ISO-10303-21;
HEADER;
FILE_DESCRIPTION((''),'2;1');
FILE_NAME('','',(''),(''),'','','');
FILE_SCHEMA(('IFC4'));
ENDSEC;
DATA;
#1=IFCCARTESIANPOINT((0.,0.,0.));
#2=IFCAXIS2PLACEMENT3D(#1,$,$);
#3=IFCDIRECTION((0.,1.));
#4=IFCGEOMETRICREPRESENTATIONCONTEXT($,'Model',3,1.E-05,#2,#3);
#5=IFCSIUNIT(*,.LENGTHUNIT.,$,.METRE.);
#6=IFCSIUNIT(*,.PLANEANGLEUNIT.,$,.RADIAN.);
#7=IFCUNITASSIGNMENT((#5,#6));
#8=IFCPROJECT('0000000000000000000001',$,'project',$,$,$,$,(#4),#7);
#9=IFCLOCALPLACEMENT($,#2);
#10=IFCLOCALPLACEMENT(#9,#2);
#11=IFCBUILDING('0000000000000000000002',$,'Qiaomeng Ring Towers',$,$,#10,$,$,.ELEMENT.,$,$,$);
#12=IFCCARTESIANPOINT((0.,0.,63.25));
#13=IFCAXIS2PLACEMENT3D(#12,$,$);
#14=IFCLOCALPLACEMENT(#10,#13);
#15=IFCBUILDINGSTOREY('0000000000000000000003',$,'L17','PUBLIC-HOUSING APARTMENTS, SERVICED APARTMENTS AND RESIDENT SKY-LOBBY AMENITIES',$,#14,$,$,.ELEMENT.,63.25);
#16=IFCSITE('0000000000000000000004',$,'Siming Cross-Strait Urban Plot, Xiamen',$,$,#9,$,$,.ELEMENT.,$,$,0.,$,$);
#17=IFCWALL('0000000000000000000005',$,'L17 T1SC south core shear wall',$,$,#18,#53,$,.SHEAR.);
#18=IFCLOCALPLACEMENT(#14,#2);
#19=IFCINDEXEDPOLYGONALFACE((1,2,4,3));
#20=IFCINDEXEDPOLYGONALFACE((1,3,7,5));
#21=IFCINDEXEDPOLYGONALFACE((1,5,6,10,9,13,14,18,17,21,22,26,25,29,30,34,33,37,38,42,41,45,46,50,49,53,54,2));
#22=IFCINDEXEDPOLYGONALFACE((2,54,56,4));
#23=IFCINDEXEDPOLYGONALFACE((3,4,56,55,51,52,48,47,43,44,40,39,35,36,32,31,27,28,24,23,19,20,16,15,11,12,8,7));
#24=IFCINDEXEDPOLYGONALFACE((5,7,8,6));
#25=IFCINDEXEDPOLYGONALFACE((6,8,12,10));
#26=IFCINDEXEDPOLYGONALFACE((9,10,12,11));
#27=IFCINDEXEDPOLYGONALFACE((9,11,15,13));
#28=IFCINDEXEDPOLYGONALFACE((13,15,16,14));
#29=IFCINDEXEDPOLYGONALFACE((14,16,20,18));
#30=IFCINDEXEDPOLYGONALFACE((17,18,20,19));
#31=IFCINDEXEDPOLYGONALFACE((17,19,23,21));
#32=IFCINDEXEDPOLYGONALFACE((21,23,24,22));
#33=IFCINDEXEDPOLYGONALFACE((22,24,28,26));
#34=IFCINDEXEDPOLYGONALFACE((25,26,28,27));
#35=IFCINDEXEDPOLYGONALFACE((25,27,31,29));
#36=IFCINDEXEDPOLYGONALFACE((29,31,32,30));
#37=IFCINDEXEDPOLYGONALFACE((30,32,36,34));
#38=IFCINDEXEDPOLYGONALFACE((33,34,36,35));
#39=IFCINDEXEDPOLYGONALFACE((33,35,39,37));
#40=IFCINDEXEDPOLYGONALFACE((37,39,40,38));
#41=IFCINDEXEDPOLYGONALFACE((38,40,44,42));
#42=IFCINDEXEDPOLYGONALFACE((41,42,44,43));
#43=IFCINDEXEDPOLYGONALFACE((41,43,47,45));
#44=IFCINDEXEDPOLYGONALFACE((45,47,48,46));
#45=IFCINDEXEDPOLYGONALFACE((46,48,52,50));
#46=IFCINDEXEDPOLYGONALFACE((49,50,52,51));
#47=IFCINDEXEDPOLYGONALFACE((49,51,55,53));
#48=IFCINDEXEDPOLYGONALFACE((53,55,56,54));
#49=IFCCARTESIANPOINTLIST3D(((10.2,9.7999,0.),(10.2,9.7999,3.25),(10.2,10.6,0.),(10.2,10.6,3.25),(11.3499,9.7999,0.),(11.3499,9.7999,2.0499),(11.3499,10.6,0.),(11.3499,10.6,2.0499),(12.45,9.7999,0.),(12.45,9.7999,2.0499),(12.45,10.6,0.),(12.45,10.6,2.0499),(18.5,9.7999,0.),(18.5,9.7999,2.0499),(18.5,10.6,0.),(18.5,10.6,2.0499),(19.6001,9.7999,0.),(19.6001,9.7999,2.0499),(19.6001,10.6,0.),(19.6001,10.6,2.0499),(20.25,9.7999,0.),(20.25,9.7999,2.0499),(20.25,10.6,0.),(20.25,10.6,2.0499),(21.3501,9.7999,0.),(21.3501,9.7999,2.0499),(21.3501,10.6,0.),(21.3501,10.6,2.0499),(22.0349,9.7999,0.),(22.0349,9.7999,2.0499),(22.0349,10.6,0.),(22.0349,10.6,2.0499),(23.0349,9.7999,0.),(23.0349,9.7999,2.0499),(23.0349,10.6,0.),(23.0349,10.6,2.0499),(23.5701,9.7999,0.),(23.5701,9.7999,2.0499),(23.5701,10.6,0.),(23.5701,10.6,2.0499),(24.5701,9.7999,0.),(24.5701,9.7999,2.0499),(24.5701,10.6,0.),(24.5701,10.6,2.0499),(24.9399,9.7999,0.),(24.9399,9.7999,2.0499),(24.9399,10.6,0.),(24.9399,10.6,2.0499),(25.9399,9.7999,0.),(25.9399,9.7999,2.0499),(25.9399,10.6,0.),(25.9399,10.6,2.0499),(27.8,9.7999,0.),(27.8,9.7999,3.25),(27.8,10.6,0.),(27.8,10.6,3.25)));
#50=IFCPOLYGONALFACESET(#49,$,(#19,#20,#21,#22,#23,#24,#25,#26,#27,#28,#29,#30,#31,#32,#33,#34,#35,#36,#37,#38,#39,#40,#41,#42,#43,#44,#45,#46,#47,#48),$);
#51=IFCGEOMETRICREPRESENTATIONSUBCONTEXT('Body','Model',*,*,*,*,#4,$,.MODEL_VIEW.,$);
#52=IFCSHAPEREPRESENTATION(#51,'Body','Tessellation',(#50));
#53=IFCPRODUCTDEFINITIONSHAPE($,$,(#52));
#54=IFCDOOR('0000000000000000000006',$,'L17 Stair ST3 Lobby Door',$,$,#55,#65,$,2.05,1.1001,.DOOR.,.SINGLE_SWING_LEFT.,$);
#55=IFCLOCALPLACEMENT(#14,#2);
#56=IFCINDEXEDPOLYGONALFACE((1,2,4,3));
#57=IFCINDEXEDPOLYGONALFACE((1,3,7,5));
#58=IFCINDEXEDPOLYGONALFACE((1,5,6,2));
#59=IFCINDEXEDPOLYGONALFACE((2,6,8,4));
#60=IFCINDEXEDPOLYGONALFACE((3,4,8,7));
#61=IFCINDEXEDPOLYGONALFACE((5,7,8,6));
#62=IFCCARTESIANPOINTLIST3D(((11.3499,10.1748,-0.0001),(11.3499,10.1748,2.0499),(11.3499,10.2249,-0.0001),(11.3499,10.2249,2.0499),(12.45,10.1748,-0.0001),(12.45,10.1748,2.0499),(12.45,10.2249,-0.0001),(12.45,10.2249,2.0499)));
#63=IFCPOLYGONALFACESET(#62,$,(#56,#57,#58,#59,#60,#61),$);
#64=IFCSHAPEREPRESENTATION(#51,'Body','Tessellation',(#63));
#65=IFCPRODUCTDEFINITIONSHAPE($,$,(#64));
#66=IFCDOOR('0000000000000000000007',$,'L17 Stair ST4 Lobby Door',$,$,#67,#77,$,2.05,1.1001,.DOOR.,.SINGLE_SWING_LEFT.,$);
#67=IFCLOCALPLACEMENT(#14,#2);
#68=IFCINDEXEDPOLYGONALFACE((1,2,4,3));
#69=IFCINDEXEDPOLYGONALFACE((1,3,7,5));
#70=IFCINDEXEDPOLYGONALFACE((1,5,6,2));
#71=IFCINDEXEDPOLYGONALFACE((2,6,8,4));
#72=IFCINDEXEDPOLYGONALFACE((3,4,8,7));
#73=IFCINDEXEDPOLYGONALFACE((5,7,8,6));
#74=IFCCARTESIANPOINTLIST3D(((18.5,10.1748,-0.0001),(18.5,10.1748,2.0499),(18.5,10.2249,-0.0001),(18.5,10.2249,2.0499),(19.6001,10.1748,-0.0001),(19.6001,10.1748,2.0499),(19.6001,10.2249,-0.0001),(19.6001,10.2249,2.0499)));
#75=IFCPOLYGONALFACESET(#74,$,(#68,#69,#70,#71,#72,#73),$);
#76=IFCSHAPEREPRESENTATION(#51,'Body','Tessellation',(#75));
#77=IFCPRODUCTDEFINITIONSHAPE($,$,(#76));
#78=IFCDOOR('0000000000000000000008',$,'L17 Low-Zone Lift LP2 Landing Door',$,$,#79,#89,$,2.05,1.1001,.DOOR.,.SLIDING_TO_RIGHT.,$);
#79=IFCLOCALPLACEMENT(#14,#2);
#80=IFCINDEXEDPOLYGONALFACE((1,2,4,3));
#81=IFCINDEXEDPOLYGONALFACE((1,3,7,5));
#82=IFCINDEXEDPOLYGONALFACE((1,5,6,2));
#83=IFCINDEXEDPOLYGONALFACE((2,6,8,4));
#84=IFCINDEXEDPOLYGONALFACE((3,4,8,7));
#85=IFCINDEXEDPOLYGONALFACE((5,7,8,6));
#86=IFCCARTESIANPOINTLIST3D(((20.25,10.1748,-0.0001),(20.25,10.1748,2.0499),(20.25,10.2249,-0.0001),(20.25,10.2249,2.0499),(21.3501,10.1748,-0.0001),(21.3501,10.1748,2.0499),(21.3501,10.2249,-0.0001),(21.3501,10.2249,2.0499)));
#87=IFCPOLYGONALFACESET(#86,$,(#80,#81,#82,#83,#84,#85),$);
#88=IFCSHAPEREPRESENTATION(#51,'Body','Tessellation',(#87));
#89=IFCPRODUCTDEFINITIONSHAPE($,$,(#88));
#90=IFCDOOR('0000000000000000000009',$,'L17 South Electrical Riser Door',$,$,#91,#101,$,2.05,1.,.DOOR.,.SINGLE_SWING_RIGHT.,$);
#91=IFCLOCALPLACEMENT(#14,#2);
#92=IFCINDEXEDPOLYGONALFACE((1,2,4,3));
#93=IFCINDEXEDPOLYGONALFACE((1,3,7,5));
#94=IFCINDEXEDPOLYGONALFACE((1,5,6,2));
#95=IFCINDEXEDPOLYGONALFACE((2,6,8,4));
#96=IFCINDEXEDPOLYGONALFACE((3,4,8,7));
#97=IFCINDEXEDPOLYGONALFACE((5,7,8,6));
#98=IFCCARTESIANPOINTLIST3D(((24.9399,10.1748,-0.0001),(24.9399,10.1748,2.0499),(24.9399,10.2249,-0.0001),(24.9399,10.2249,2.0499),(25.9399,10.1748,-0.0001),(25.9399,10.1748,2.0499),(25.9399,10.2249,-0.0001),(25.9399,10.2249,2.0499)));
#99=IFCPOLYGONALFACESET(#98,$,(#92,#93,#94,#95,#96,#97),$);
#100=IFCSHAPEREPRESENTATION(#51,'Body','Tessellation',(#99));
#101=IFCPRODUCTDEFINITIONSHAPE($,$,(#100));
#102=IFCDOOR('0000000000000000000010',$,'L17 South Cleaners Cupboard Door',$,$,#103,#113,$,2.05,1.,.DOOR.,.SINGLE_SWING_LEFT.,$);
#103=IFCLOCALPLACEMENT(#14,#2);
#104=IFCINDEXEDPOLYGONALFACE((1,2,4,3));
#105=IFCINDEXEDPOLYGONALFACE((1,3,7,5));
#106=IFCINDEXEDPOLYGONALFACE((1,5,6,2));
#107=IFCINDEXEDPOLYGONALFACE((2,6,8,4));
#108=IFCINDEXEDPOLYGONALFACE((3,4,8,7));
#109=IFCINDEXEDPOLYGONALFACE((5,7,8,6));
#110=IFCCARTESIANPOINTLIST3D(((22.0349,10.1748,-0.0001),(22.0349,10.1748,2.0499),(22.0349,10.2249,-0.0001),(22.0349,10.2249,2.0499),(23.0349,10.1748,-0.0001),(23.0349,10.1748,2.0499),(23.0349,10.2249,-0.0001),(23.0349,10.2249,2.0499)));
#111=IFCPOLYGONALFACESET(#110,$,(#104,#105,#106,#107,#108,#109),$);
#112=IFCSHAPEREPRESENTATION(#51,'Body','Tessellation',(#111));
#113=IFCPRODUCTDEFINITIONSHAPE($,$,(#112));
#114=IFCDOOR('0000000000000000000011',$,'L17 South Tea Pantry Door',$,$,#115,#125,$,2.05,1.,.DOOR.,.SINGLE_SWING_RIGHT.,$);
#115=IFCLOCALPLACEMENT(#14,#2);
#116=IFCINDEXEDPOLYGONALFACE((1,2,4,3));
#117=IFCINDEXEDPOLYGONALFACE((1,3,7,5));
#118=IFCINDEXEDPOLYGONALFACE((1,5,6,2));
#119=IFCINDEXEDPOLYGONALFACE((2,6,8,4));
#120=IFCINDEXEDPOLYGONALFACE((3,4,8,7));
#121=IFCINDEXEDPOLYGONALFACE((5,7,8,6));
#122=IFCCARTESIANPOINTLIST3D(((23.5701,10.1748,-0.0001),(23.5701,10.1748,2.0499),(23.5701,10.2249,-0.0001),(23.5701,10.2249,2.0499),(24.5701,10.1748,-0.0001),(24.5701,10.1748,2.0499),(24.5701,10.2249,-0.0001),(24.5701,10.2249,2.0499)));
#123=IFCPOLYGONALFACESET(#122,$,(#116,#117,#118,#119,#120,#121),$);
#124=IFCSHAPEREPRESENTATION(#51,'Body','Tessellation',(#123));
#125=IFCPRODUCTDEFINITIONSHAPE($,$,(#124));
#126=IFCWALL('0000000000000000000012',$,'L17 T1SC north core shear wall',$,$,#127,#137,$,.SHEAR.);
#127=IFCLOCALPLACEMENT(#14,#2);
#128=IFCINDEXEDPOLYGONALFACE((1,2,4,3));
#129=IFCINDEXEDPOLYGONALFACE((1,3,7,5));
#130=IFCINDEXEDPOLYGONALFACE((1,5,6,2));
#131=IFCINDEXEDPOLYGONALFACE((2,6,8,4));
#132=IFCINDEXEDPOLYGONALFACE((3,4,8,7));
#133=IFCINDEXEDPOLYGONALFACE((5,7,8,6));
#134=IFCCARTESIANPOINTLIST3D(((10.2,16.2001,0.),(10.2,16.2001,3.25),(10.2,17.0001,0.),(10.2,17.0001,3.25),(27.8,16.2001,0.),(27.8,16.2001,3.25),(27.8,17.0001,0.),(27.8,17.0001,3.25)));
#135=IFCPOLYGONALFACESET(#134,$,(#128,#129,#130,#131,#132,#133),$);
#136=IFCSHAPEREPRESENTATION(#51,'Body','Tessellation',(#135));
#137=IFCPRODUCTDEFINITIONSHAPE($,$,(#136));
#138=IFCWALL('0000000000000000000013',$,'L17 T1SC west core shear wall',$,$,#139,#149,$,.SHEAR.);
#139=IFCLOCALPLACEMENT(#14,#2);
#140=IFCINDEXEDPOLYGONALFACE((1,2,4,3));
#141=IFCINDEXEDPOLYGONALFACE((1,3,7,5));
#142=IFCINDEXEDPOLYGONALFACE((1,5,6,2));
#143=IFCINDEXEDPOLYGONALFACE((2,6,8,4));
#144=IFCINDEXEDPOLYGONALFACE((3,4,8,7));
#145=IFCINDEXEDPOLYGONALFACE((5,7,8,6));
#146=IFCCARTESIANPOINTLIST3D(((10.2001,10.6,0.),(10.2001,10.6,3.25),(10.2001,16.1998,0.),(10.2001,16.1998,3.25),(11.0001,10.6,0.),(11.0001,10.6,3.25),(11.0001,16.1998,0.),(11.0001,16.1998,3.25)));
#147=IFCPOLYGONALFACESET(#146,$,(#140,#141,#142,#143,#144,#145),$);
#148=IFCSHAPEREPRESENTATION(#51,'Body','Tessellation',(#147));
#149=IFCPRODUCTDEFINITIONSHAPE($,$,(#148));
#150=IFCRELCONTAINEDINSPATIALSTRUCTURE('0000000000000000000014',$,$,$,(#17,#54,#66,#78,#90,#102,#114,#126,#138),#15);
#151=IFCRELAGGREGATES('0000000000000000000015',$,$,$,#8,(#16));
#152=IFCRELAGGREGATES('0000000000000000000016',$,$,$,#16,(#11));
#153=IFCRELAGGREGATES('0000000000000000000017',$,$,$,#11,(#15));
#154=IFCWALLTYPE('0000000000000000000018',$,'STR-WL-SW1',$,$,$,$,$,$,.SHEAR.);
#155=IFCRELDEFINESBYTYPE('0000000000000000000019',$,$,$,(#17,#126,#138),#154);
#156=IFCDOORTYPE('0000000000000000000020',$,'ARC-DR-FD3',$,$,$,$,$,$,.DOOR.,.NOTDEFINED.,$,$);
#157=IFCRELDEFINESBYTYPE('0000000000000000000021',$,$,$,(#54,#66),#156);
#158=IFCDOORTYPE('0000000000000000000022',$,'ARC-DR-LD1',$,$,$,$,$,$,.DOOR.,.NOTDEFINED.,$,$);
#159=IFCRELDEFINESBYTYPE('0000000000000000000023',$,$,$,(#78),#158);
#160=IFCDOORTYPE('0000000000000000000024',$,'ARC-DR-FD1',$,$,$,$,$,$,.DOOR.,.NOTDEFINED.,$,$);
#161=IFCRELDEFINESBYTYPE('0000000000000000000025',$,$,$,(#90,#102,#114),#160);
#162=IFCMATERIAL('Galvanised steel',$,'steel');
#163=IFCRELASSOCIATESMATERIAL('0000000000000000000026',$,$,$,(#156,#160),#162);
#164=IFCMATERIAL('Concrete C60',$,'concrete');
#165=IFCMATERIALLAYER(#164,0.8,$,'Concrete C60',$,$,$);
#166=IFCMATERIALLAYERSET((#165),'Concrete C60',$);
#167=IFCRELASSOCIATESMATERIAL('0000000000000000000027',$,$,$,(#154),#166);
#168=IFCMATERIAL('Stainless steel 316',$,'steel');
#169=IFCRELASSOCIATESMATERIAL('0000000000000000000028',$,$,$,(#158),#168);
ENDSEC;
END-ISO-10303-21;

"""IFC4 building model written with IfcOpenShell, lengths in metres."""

from ifc_helpers import new_model, si_unit, direction, frame, frame_2d, origin, place, context, subcontext, project, spatial, rectangle, extrude, source, transform, mapped, material, layer, layer_set, type_object, element, fill, save


model = new_model("IFC4")

# Units and contexts
model_context = context("Model", 3, precision=1e-05, world=origin(), true_north=direction((0.0, 1.0)))
body_context = subcontext(model_context, "Body", "Model", "MODEL_VIEW")
ifc_project = project(units=[si_unit("LENGTHUNIT", "METRE"), si_unit("PLANEANGLEUNIT", "RADIAN")], contexts=[model_context])

# Site, building, storey
site_placement = place(None, origin())
site = spatial("IfcSite", under=ifc_project, at=site_placement, Name="Siming Cross-Strait Urban Plot, Xiamen", CompositionType="ELEMENT", RefElevation=0.0)
building_placement = place(site_placement, origin())
building = spatial("IfcBuilding", under=site, at=building_placement, Name="Qiaomeng Ring Towers", CompositionType="ELEMENT")
storey_placement = place(building_placement, frame((0.0, 0.0, 63.25)))
storey = spatial("IfcBuildingStorey", under=building, at=storey_placement, Name="L17", Description="PUBLIC-HOUSING APARTMENTS, SERVICED APARTMENTS AND RESIDENT SKY-LOBBY AMENITIES", CompositionType="ELEMENT", Elevation=63.25)

# Shared definitions
shared_shape_1 = source(origin(), body_context, "Body", "SweptSolid", [
    extrude(rectangle(XDim=1.0, YDim=2.05, at=frame_2d((0.5, 1.0249))), frame((0.0, 0.0249, 0.0), z_axis=(0.0, -1.0, 0.0), x_axis=(1.0, 0.0, 0.0)), (0.0, 0.0, 1.0), 0.05),
])

# Shared definitions
ifc_material_1 = material(Name="Galvanised steel", Category="steel")
door_type_1 = type_object("IfcDoorType", Name="ARC-DR-FD3", OperationType="NOTDEFINED", PredefinedType="DOOR", material=ifc_material_1)
shared_shape_2 = source(origin(), body_context, "Body", "SweptSolid", [
    extrude(rectangle(XDim=1.1001, YDim=2.05, at=frame_2d((0.55, 1.0249))), frame((0.0, 0.0249, 0.0), z_axis=(0.0, -1.0, 0.0), x_axis=(1.0, 0.0, 0.0)), (0.0, 0.0, 1.0), 0.05),
])

# Wall, openings, doors
ifc_material_2 = material(Name="Concrete C60", Category="concrete")
ifc_layer_1 = layer(ifc_material_2, 0.8, Name="Concrete C60")
ifc_layer_set_1 = layer_set([ifc_layer_1], Name="Concrete C60")
wall_type_1 = type_object("IfcWallType", Name="STR-WL-SW1", PredefinedType="SHEAR", material=ifc_layer_set_1)
wall_1_placement = place(storey_placement, frame((10.2, 10.2, 0.0), z_axis=(0.0, 0.0, 1.0), x_axis=(1.0, 0.0, 0.0)))
wall_1 = element("IfcWall", 1, at=wall_1_placement, inside=storey, type_object=wall_type_1, Name="L17 T1SC south core shear wall", PredefinedType="SHEAR", context=body_context, shape_type="SweptSolid", body=[
    extrude(rectangle(XDim=17.6001, YDim=0.8, at=frame_2d((8.8, 0.0))), origin(), (0.0, 0.0, 1.0), 3.25),
])
opening_1_placement = place(wall_1_placement, frame((1.1499, 0.0, 0.0)))
opening_1 = element("IfcOpeningElement", 2, at=opening_1_placement, cuts=wall_1, PredefinedType="OPENING", context=body_context, shape_type="SweptSolid", body=[
    extrude(rectangle(XDim=1.1001, YDim=2.05, at=frame_2d((0.55, 1.0249))), frame((0.0, 0.4099, 0.0), z_axis=(0.0, -1.0, 0.0), x_axis=(1.0, 0.0, 0.0)), (0.0, 0.0, 1.0), 0.8201),
])
opening_2_placement = place(wall_1_placement, frame((8.3, 0.0, 0.0)))
opening_2 = element("IfcOpeningElement", 3, at=opening_2_placement, cuts=wall_1, PredefinedType="OPENING", context=body_context, shape_type="SweptSolid", body=[
    extrude(rectangle(XDim=1.1001, YDim=2.05, at=frame_2d((0.55, 1.0249))), frame((0.0, 0.4099, 0.0), z_axis=(0.0, -1.0, 0.0), x_axis=(1.0, 0.0, 0.0)), (0.0, 0.0, 1.0), 0.8201),
])
opening_3_placement = place(wall_1_placement, frame((10.05, 0.0, 0.0)))
opening_3 = element("IfcOpeningElement", 4, at=opening_3_placement, cuts=wall_1, PredefinedType="OPENING", context=body_context, shape_type="SweptSolid", body=[
    extrude(rectangle(XDim=1.1001, YDim=2.05, at=frame_2d((0.55, 1.0249))), frame((0.0, 0.4099, 0.0), z_axis=(0.0, -1.0, 0.0), x_axis=(1.0, 0.0, 0.0)), (0.0, 0.0, 1.0), 0.8201),
])
opening_4_placement = place(wall_1_placement, frame((14.74, 0.0, 0.0)))
opening_4 = element("IfcOpeningElement", 5, at=opening_4_placement, cuts=wall_1, PredefinedType="OPENING", context=body_context, shape_type="SweptSolid", body=[
    extrude(rectangle(XDim=1.0, YDim=2.05, at=frame_2d((0.5, 1.0249))), frame((0.0, 0.4099, 0.0), z_axis=(0.0, -1.0, 0.0), x_axis=(1.0, 0.0, 0.0)), (0.0, 0.0, 1.0), 0.8201),
])
opening_5_placement = place(wall_1_placement, frame((11.835, 0.0, 0.0)))
opening_5 = element("IfcOpeningElement", 6, at=opening_5_placement, cuts=wall_1, PredefinedType="OPENING", context=body_context, shape_type="SweptSolid", body=[
    extrude(rectangle(XDim=1.0, YDim=2.05, at=frame_2d((0.5, 1.0249))), frame((0.0, 0.4099, 0.0), z_axis=(0.0, -1.0, 0.0), x_axis=(1.0, 0.0, 0.0)), (0.0, 0.0, 1.0), 0.8201),
])
opening_6_placement = place(wall_1_placement, frame((13.3701, 0.0, 0.0)))
opening_6 = element("IfcOpeningElement", 7, at=opening_6_placement, cuts=wall_1, PredefinedType="OPENING", context=body_context, shape_type="SweptSolid", body=[
    extrude(rectangle(XDim=1.0, YDim=2.05, at=frame_2d((0.5, 1.0249))), frame((0.0, 0.4099, 0.0), z_axis=(0.0, -1.0, 0.0), x_axis=(1.0, 0.0, 0.0)), (0.0, 0.0, 1.0), 0.8201),
])
door_1_placement = place(opening_1_placement, origin())
door_1 = element("IfcDoor", 8, at=door_1_placement, inside=storey, type_object=door_type_1, Name="L17 Stair ST3 Lobby Door", OperationType="SINGLE_SWING_LEFT", OverallHeight=2.05, OverallWidth=1.1001, PredefinedType="DOOR", context=body_context, shape_type="MappedRepresentation", body=[
    mapped(shared_shape_2, transform((0.0, 0.0, 0.0), x_axis=(1.0, 0.0, 0.0), y_axis=(0.0, 1.0, 0.0), z_axis=(0.0, 0.0, 1.0), scale=1.0)),
])
fill(opening_1, door_1)
door_2_placement = place(opening_2_placement, origin())
door_2 = element("IfcDoor", 9, at=door_2_placement, inside=storey, type_object=door_type_1, Name="L17 Stair ST4 Lobby Door", OperationType="SINGLE_SWING_LEFT", OverallHeight=2.05, OverallWidth=1.1001, PredefinedType="DOOR", context=body_context, shape_type="MappedRepresentation", body=[
    mapped(shared_shape_2, transform((0.0, 0.0, 0.0), x_axis=(1.0, 0.0, 0.0), y_axis=(0.0, 1.0, 0.0), z_axis=(0.0, 0.0, 1.0), scale=1.0)),
])
fill(opening_2, door_2)
ifc_material_3 = material(Name="Stainless steel 316", Category="steel")
door_type_2 = type_object("IfcDoorType", Name="ARC-DR-LD1", OperationType="NOTDEFINED", PredefinedType="DOOR", material=ifc_material_3)
door_3_placement = place(opening_3_placement, origin())
door_3 = element("IfcDoor", 10, at=door_3_placement, inside=storey, type_object=door_type_2, Name="L17 Low-Zone Lift LP2 Landing Door", OperationType="SLIDING_TO_RIGHT", OverallHeight=2.05, OverallWidth=1.1001, PredefinedType="DOOR", context=body_context, shape_type="MappedRepresentation", body=[
    mapped(shared_shape_2, transform((0.0, 0.0, 0.0), x_axis=(1.0, 0.0, 0.0), y_axis=(0.0, 1.0, 0.0), z_axis=(0.0, 0.0, 1.0), scale=1.0)),
])
fill(opening_3, door_3)
door_type_3 = type_object("IfcDoorType", Name="ARC-DR-FD1", OperationType="NOTDEFINED", PredefinedType="DOOR", material=ifc_material_1)
door_4_placement = place(opening_4_placement, origin())
door_4 = element("IfcDoor", 11, at=door_4_placement, inside=storey, type_object=door_type_3, Name="L17 South Electrical Riser Door", OperationType="SINGLE_SWING_RIGHT", OverallHeight=2.05, OverallWidth=1.0, PredefinedType="DOOR", context=body_context, shape_type="MappedRepresentation", body=[
    mapped(shared_shape_1, transform((0.0, 0.0, 0.0), x_axis=(1.0, 0.0, 0.0), y_axis=(0.0, 1.0, 0.0), z_axis=(0.0, 0.0, 1.0), scale=1.0)),
])
fill(opening_4, door_4)
door_5_placement = place(opening_5_placement, origin())
door_5 = element("IfcDoor", 12, at=door_5_placement, inside=storey, type_object=door_type_3, Name="L17 South Cleaners Cupboard Door", OperationType="SINGLE_SWING_LEFT", OverallHeight=2.05, OverallWidth=1.0, PredefinedType="DOOR", context=body_context, shape_type="MappedRepresentation", body=[
    mapped(shared_shape_1, transform((0.0, 0.0, 0.0), x_axis=(1.0, 0.0, 0.0), y_axis=(0.0, 1.0, 0.0), z_axis=(0.0, 0.0, 1.0), scale=1.0)),
])
fill(opening_5, door_5)
door_6_placement = place(opening_6_placement, origin())
door_6 = element("IfcDoor", 13, at=door_6_placement, inside=storey, type_object=door_type_3, Name="L17 South Tea Pantry Door", OperationType="SINGLE_SWING_RIGHT", OverallHeight=2.05, OverallWidth=1.0, PredefinedType="DOOR", context=body_context, shape_type="MappedRepresentation", body=[
    mapped(shared_shape_1, transform((0.0, 0.0, 0.0), x_axis=(1.0, 0.0, 0.0), y_axis=(0.0, 1.0, 0.0), z_axis=(0.0, 0.0, 1.0), scale=1.0)),
])
fill(opening_6, door_6)

# Walls
wall_2_placement = place(storey_placement, frame((10.2, 16.6001, 0.0), z_axis=(0.0, 0.0, 1.0), x_axis=(1.0, 0.0, 0.0)))
element("IfcWall", 14, at=wall_2_placement, inside=storey, type_object=wall_type_1, Name="L17 T1SC north core shear wall", PredefinedType="SHEAR", context=body_context, shape_type="SweptSolid", body=[
    extrude(rectangle(XDim=17.6001, YDim=0.8, at=frame_2d((8.8, 0.0))), origin(), (0.0, 0.0, 1.0), 3.25),
])
wall_3_placement = place(storey_placement, frame((10.6001, 10.6001, 0.0), z_axis=(0.0, 0.0, 1.0), x_axis=(0.0, 1.0, 0.0)))
element("IfcWall", 15, at=wall_3_placement, inside=storey, type_object=wall_type_1, Name="L17 T1SC west core shear wall", PredefinedType="SHEAR", context=body_context, shape_type="SweptSolid", body=[
    extrude(rectangle(XDim=5.5999, YDim=0.8, at=frame_2d((2.7998, 0.0))), origin(), (0.0, 0.0, 1.0), 3.25),
])

save(model, "model.ifc")
